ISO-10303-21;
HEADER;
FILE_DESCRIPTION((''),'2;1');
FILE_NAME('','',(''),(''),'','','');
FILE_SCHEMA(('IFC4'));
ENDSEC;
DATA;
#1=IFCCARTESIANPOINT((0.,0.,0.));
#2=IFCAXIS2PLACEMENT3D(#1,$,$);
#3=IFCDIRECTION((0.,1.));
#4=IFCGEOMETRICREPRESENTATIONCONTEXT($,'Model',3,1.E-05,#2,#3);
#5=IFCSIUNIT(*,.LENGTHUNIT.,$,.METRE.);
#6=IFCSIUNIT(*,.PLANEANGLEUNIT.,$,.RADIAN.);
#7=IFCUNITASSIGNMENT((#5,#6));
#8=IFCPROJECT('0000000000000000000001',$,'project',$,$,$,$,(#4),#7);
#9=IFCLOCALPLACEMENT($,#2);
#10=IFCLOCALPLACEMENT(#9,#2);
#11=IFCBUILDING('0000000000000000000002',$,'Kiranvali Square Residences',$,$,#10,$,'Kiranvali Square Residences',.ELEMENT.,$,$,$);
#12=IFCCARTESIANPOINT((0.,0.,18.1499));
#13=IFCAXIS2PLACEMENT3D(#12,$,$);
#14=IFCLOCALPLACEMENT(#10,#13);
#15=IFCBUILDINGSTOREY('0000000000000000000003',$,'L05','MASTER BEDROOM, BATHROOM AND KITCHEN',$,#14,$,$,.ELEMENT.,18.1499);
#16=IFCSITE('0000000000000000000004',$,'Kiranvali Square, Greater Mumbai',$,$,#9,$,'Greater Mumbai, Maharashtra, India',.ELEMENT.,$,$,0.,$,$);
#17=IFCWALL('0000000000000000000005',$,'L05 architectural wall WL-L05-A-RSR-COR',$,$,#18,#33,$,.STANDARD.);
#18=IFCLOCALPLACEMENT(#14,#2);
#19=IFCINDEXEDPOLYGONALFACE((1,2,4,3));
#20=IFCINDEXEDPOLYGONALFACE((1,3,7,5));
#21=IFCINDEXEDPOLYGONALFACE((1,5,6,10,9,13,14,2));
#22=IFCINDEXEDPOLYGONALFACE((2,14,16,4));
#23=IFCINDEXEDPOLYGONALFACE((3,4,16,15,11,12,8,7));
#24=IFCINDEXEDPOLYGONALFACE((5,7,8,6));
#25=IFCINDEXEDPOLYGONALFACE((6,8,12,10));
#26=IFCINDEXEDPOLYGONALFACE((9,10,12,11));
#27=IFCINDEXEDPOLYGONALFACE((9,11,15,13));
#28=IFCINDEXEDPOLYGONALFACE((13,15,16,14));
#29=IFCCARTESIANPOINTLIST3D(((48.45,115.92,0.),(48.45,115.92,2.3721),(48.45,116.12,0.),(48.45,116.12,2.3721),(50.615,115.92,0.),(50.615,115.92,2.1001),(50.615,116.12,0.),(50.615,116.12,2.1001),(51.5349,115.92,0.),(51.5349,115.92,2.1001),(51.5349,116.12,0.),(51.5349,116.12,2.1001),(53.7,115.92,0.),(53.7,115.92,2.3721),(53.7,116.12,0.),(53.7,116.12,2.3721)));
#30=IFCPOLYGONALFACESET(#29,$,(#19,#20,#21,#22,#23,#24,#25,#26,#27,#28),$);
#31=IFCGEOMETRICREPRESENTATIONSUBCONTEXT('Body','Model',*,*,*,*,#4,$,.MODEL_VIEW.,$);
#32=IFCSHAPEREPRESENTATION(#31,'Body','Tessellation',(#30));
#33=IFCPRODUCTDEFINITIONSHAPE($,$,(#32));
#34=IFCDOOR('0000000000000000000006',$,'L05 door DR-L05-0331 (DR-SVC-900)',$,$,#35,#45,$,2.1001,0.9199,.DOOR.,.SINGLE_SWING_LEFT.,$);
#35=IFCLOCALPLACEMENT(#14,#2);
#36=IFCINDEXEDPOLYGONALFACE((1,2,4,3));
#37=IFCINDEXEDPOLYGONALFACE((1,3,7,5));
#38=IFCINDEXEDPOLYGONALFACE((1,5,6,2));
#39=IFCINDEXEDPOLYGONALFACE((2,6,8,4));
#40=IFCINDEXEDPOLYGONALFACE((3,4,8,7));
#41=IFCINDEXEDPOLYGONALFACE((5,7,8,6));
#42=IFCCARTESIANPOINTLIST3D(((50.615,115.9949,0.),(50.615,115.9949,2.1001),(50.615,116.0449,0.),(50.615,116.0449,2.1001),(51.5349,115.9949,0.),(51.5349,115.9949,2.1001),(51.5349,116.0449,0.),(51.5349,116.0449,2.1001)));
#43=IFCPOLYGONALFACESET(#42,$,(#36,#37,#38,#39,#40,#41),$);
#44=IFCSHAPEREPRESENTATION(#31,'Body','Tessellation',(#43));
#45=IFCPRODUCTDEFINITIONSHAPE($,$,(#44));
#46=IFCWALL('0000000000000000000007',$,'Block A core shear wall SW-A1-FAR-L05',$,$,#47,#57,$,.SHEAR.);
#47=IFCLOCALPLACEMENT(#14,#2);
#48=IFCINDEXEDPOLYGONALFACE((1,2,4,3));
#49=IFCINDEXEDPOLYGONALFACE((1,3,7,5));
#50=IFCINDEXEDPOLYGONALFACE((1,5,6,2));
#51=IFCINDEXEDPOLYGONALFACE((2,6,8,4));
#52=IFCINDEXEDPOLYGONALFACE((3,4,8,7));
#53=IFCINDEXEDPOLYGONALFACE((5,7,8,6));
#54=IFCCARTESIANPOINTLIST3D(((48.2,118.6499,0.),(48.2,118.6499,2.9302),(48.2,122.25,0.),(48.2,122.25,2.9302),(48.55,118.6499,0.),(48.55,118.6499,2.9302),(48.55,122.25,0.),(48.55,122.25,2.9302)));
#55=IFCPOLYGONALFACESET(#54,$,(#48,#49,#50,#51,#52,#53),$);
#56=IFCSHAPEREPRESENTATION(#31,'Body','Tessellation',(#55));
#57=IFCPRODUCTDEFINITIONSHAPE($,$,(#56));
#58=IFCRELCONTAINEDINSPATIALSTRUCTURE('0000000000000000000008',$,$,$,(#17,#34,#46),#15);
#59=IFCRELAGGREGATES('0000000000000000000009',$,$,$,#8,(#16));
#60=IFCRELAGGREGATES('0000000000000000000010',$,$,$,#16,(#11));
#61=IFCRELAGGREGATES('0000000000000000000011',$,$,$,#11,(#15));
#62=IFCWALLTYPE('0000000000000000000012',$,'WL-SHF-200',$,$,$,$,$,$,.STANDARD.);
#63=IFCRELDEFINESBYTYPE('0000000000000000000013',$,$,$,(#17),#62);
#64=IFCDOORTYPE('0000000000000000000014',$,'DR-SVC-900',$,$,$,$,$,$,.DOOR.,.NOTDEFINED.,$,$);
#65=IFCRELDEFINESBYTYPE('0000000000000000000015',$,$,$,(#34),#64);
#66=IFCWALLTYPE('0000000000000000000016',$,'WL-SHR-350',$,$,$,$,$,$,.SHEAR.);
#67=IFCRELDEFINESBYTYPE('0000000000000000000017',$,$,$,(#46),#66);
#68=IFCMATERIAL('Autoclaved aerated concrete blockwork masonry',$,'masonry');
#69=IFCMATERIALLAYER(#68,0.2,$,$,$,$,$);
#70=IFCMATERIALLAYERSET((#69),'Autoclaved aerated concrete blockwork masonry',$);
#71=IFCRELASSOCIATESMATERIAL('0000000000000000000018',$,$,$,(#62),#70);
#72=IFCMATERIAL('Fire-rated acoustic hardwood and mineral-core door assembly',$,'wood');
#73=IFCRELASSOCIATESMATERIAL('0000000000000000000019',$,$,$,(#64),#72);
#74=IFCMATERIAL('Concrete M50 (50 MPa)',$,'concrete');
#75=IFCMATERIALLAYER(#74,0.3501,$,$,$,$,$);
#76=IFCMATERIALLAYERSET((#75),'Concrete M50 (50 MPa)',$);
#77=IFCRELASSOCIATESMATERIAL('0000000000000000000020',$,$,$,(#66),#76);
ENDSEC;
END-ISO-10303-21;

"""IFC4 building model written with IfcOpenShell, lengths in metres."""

from ifc_helpers import new_model, si_unit, direction, frame, frame_2d, origin, place, context, subcontext, project, spatial, rectangle, extrude, material, layer, layer_set, type_object, element, fill, save


model = new_model("IFC4")

# Units and contexts
model_context = context("Model", 3, precision=1e-05, world=origin(), true_north=direction((0.0, 1.0)))
body_context = subcontext(model_context, "Body", "Model", "MODEL_VIEW")
ifc_project = project(units=[si_unit("LENGTHUNIT", "METRE"), si_unit("PLANEANGLEUNIT", "RADIAN")], contexts=[model_context])

# Site, building, storey
site_placement = place(None, origin())
site = spatial("IfcSite", under=ifc_project, at=site_placement, Name="Kiranvali Square, Greater Mumbai", LongName="Greater Mumbai, Maharashtra, India", CompositionType="ELEMENT", RefElevation=0.0)
building_placement = place(site_placement, origin())
building = spatial("IfcBuilding", under=site, at=building_placement, Name="Kiranvali Square Residences", LongName="Kiranvali Square Residences", CompositionType="ELEMENT")
storey_placement = place(building_placement, frame((0.0, 0.0, 18.1499)))
storey = spatial("IfcBuildingStorey", under=building, at=storey_placement, Name="L05", Description="MASTER BEDROOM, BATHROOM AND KITCHEN", CompositionType="ELEMENT", Elevation=18.1499)

# Shared definitions
ifc_material_1 = material(Name="Autoclaved aerated concrete blockwork masonry", Category="masonry")
ifc_material_2 = material(Name="Fire-rated acoustic hardwood and mineral-core door assembly", Category="wood")

# Wall, opening, door
ifc_layer_1 = layer(ifc_material_1, 0.2)
ifc_layer_set_1 = layer_set([ifc_layer_1], Name="Autoclaved aerated concrete blockwork masonry")
wall_type_1 = type_object("IfcWallType", Name="WL-SHF-200", PredefinedType="STANDARD", material=ifc_layer_set_1)
wall_1_placement = place(storey_placement, frame((48.45, 116.02, 0.0), z_axis=(0.0, 0.0, 1.0), x_axis=(1.0, 0.0, 0.0)))
wall_1 = element("IfcWall", 1, at=wall_1_placement, inside=storey, type_object=wall_type_1, Name="L05 architectural wall WL-L05-A-RSR-COR", PredefinedType="STANDARD", context=body_context, shape_type="SweptSolid", body=[
    extrude(rectangle(XDim=5.25, YDim=0.2, at=frame_2d((2.625, 0.0))), origin(), (0.0, 0.0, 1.0), 2.3721),
])
opening_1_placement = place(wall_1_placement, frame((2.165, 0.0, 0.0)))
opening_1 = element("IfcOpeningElement", 2, at=opening_1_placement, cuts=wall_1, PredefinedType="OPENING", context=body_context, shape_type="SweptSolid", body=[
    extrude(rectangle(XDim=0.9199, YDim=2.1001, at=frame_2d((0.46, 1.05))), frame((0.0, 0.1099, 0.0), z_axis=(0.0, -1.0, 0.0), x_axis=(1.0, 0.0, 0.0)), (0.0, 0.0, 1.0), 0.22),
])
door_type_1 = type_object("IfcDoorType", Name="DR-SVC-900", OperationType="NOTDEFINED", PredefinedType="DOOR", material=ifc_material_2)
door_1_placement = place(opening_1_placement, origin())
door_1 = element("IfcDoor", 3, at=door_1_placement, inside=storey, type_object=door_type_1, Name="L05 door DR-L05-0331 (DR-SVC-900)", OperationType="SINGLE_SWING_LEFT", OverallHeight=2.1001, OverallWidth=0.9199, PredefinedType="DOOR", context=body_context, shape_type="SweptSolid", body=[
    extrude(rectangle(XDim=0.9199, YDim=2.1001, at=frame_2d((0.46, 1.05))), frame((0.0, 0.0249, 0.0), z_axis=(0.0, -1.0, 0.0), x_axis=(1.0, 0.0, 0.0)), (0.0, 0.0, 1.0), 0.05),
])
fill(opening_1, door_1)
ifc_material_3 = material(Name="Concrete M50 (50 MPa)", Category="concrete")
ifc_layer_2 = layer(ifc_material_3, 0.3501)
ifc_layer_set_2 = layer_set([ifc_layer_2], Name="Concrete M50 (50 MPa)")
wall_type_2 = type_object("IfcWallType", Name="WL-SHR-350", PredefinedType="SHEAR", material=ifc_layer_set_2)

# Wall
wall_2_placement = place(storey_placement, frame((48.375, 118.6499, 0.0), z_axis=(0.0, 0.0, 1.0), x_axis=(0.0, 1.0, 0.0)))
element("IfcWall", 4, at=wall_2_placement, inside=storey, type_object=wall_type_2, Name="Block A core shear wall SW-A1-FAR-L05", PredefinedType="SHEAR", context=body_context, shape_type="SweptSolid", body=[
    extrude(rectangle(XDim=3.6001, YDim=0.3501, at=frame_2d((1.8, 0.0))), origin(), (0.0, 0.0, 1.0), 2.9302),
])

save(model, "model.ifc")
